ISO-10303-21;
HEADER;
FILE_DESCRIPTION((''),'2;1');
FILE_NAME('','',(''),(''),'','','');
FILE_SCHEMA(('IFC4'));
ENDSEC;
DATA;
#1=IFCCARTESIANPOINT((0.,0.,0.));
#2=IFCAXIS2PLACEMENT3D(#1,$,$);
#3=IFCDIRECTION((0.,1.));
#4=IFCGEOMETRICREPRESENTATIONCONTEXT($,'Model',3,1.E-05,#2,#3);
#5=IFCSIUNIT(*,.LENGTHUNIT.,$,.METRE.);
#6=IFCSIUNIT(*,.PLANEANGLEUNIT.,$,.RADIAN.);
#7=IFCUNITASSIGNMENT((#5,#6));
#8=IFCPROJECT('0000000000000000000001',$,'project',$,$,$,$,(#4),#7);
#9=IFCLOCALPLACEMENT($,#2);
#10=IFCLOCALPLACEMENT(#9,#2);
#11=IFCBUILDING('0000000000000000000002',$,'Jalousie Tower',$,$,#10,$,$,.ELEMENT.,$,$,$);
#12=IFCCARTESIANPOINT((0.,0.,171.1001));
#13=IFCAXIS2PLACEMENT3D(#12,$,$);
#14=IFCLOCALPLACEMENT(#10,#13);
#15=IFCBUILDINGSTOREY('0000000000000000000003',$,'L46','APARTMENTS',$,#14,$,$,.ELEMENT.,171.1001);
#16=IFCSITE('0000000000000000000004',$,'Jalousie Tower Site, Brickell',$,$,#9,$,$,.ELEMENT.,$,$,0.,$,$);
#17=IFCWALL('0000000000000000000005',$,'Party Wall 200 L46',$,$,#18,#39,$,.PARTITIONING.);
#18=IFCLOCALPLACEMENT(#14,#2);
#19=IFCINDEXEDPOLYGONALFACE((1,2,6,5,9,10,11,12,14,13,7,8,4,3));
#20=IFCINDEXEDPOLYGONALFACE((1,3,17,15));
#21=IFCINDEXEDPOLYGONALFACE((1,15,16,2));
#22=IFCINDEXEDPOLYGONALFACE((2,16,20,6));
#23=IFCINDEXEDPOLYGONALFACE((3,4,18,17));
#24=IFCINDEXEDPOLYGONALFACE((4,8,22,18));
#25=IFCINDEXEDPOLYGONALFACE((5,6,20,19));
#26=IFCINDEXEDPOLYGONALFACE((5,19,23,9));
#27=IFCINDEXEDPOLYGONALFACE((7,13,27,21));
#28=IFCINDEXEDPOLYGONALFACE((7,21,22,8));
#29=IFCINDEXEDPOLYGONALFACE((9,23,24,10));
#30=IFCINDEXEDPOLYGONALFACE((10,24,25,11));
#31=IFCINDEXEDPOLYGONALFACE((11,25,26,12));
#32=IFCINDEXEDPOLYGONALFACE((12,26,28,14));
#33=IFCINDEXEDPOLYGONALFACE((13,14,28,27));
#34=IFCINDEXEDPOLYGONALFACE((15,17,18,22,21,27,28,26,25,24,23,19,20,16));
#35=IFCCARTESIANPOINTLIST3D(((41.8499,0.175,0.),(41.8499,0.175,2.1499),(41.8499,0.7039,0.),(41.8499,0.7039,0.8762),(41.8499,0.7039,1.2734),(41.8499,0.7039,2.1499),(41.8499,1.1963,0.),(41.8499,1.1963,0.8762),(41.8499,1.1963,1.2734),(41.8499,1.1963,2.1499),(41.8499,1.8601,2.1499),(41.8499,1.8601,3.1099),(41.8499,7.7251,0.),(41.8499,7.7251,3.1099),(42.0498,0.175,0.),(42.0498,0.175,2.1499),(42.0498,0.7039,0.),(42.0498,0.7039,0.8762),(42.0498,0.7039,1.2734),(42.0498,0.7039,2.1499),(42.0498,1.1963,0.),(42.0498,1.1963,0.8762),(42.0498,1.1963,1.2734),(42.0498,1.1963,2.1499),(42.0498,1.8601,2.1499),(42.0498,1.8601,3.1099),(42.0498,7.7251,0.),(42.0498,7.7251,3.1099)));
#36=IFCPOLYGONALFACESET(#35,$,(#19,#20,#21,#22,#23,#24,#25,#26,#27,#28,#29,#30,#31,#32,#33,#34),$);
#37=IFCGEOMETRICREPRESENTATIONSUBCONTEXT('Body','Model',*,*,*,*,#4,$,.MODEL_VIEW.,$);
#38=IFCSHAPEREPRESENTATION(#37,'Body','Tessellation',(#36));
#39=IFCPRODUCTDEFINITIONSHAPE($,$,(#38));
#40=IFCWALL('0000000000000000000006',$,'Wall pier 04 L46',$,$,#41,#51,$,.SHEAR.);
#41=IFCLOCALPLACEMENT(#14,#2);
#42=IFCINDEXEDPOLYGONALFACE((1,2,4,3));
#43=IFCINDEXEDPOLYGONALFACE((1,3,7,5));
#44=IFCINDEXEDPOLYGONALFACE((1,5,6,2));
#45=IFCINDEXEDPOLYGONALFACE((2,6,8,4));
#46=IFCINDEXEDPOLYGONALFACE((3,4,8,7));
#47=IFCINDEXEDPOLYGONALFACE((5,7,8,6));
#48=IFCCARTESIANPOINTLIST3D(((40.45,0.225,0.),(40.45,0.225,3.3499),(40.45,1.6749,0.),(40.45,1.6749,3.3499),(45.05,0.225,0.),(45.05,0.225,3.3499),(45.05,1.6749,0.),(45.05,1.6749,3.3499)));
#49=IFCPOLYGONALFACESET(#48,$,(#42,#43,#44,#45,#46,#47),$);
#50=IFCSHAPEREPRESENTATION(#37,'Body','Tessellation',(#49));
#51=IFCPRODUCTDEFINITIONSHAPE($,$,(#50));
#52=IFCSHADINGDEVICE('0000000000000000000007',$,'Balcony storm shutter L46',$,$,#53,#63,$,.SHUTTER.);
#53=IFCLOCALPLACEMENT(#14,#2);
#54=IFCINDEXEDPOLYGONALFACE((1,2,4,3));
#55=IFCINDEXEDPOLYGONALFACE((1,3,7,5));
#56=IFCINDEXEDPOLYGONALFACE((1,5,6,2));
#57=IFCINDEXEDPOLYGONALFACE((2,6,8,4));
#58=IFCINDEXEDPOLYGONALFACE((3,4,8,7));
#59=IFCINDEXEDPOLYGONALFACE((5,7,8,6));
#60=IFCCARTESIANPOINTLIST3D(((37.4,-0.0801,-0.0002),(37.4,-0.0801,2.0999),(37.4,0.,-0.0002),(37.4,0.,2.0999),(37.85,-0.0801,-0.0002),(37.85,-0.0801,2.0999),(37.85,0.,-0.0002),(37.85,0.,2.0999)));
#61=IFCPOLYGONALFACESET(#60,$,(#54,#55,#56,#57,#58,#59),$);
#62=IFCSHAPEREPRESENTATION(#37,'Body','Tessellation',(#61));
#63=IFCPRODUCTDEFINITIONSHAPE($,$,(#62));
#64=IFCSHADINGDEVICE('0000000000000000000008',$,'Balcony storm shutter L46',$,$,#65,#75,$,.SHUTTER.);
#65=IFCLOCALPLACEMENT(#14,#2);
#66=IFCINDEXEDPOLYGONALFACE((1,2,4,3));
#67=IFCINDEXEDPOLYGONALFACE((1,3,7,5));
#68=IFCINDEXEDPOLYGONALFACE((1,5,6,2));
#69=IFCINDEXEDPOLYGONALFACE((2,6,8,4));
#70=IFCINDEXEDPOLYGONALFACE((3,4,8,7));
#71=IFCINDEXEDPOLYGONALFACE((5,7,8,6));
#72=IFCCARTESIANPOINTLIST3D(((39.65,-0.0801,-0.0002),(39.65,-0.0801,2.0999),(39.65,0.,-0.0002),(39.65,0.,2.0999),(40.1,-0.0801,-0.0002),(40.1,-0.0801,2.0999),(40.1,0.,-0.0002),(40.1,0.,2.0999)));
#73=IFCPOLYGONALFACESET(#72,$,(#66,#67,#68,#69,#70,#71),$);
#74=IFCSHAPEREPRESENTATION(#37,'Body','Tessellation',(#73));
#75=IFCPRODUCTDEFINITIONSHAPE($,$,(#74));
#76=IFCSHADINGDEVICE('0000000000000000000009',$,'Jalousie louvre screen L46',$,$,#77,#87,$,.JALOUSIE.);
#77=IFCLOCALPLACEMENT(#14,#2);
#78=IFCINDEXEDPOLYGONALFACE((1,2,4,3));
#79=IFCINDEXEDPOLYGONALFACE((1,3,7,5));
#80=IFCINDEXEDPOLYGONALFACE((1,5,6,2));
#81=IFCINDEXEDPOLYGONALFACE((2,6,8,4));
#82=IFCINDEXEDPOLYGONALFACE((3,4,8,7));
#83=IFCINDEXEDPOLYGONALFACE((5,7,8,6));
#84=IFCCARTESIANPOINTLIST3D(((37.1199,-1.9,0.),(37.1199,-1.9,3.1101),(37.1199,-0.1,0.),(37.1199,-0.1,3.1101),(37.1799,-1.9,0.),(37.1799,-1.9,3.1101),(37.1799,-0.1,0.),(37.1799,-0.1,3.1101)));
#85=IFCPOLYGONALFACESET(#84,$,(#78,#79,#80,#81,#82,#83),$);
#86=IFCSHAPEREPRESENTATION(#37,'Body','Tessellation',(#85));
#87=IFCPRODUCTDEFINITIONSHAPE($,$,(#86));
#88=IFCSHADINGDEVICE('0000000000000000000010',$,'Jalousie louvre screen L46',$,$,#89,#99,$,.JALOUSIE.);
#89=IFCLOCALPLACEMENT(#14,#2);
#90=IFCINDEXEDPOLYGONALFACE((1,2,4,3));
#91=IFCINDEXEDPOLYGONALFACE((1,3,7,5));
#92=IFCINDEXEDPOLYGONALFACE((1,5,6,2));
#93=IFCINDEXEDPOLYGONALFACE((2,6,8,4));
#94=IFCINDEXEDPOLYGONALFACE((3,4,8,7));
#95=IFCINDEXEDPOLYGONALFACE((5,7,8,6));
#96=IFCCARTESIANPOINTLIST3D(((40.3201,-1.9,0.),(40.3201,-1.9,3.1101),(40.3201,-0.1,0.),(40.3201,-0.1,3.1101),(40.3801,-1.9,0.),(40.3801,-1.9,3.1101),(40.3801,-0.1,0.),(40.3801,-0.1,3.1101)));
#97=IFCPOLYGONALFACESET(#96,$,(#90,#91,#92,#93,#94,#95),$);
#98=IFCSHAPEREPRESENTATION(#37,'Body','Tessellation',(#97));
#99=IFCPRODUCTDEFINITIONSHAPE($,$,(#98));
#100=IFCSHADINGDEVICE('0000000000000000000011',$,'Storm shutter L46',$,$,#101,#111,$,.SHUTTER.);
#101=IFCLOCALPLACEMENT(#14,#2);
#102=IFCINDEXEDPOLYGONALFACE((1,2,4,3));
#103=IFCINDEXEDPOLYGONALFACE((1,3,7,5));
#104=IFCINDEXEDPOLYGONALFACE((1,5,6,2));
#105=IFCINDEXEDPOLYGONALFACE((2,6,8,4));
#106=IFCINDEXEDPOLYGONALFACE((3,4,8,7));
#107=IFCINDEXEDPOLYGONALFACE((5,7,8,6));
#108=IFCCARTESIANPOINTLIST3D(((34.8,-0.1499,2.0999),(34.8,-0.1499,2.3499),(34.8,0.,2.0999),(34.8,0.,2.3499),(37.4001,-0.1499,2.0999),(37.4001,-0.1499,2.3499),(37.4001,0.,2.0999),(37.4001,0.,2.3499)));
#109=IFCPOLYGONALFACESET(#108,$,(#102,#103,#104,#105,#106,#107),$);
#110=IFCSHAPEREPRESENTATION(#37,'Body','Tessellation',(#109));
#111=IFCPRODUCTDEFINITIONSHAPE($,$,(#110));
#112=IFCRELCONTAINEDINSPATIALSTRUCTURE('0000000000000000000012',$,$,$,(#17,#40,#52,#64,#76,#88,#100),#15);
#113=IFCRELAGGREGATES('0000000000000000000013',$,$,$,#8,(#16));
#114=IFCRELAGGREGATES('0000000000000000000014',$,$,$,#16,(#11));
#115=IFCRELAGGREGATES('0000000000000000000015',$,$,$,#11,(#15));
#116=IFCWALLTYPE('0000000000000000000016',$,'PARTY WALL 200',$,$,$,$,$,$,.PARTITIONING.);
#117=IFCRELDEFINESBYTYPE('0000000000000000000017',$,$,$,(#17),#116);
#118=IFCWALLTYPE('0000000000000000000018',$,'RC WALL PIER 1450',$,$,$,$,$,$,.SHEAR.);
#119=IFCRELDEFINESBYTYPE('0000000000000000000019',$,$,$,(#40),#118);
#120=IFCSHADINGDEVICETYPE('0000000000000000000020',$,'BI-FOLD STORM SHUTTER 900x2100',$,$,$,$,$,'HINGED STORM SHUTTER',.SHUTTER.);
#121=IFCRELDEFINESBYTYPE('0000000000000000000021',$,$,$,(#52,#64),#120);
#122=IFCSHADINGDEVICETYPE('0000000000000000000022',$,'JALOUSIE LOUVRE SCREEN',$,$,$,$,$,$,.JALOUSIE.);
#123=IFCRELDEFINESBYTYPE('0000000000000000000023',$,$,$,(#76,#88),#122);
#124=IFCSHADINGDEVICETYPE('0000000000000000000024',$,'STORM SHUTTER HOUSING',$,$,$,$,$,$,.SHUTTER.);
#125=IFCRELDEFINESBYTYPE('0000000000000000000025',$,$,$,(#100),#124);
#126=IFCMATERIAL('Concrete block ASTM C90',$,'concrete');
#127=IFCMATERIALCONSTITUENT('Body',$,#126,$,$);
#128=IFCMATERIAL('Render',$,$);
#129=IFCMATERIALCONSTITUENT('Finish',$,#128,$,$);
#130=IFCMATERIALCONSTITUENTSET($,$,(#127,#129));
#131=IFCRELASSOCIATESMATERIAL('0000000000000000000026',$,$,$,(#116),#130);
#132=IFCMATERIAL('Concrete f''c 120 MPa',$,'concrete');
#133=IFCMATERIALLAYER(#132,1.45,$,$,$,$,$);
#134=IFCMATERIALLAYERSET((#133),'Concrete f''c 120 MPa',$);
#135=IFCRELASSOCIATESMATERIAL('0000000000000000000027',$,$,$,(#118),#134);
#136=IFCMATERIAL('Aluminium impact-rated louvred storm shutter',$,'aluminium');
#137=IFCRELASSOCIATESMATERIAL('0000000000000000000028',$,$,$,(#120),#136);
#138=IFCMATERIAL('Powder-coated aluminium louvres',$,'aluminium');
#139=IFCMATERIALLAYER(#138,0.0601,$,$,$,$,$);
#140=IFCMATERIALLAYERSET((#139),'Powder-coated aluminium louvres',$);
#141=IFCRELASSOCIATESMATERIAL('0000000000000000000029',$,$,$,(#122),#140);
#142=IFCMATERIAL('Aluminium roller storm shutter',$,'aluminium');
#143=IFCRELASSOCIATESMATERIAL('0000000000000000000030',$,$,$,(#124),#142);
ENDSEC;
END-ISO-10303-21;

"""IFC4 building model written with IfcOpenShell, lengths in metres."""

from ifc_helpers import new_model, si_unit, direction, frame, frame_2d, origin, origin_2d, place, context, subcontext, project, spatial, polyline, rectangle, outline, extrude, material, layer, layer_set, constituent, constituent_set, type_object, element, save


model = new_model("IFC4")

# Units and contexts
model_context = context("Model", 3, precision=1e-05, world=origin(), true_north=direction((0.0, 1.0)))
body_context = subcontext(model_context, "Body", "Model", "MODEL_VIEW")
ifc_project = project(units=[si_unit("LENGTHUNIT", "METRE"), si_unit("PLANEANGLEUNIT", "RADIAN")], contexts=[model_context])

# Site, building, storey
site_placement = place(None, origin())
site = spatial("IfcSite", under=ifc_project, at=site_placement, Name="Jalousie Tower Site, Brickell", CompositionType="ELEMENT", RefElevation=0.0)
building_placement = place(site_placement, origin())
building = spatial("IfcBuilding", under=site, at=building_placement, Name="Jalousie Tower", CompositionType="ELEMENT")
storey_placement = place(building_placement, frame((0.0, 0.0, 171.1001)))
storey = spatial("IfcBuildingStorey", under=building, at=storey_placement, Name="L46", Description="APARTMENTS", CompositionType="ELEMENT", Elevation=171.1001)

# Walls
ifc_material_1 = material(Name="Concrete block ASTM C90", Category="concrete")
ifc_constituent_1 = constituent(ifc_material_1, Name="Body")
ifc_material_2 = material(Name="Render")
ifc_constituent_2 = constituent(ifc_material_2, Name="Finish")
ifc_constituent_set_1 = constituent_set(constituents=[ifc_constituent_1, ifc_constituent_2])
wall_type_1 = type_object("IfcWallType", Name="PARTY WALL 200", PredefinedType="PARTITIONING", material=ifc_constituent_set_1)
wall_1_placement = place(storey_placement, frame((41.95, 0.175, 0.0), z_axis=(0.0, 0.0, 1.0), x_axis=(0.0, 1.0, 0.0)))
element("IfcWall", 1, at=wall_1_placement, inside=storey, type_object=wall_type_1, Name="Party Wall 200 L46", PredefinedType="PARTITIONING", context=body_context, shape_type="SweptSolid", body=[
    extrude(outline(polyline([(0.5288, 2.1499), (0.0, 2.1499), (0.0, 0.0), (0.5288, 0.0), (0.5288, 0.8762), (1.0212, 0.8762), (1.0212, 0.0), (7.55, 0.0), (7.55, 3.1099), (1.6851, 3.1099), (1.6851, 2.1499), (1.0212, 2.1499), (1.0212, 1.2734), (0.5288, 1.2734), (0.5288, 2.1499)])), frame((0.0, 0.1001, 0.0), z_axis=(0.0, -1.0, 0.0), x_axis=(1.0, 0.0, 0.0)), (0.0, 0.0, 1.0), 0.2),
])
ifc_material_3 = material(Name="Concrete f'c 120 MPa", Category="concrete")
ifc_layer_1 = layer(ifc_material_3, 1.45)
ifc_layer_set_1 = layer_set([ifc_layer_1], Name="Concrete f'c 120 MPa")
wall_type_2 = type_object("IfcWallType", Name="RC WALL PIER 1450", PredefinedType="SHEAR", material=ifc_layer_set_1)
wall_2_placement = place(storey_placement, frame((40.45, 0.95, 0.0), z_axis=(0.0, 0.0, 1.0), x_axis=(1.0, 0.0, 0.0)))
element("IfcWall", 2, at=wall_2_placement, inside=storey, type_object=wall_type_2, Name="Wall pier 04 L46", PredefinedType="SHEAR", context=body_context, shape_type="SweptSolid", body=[
    extrude(rectangle(XDim=4.6001, YDim=1.45, at=frame_2d((2.3, 0.0))), origin(), (0.0, 0.0, 1.0), 3.3499),
])

# Shading devices
ifc_material_4 = material(Name="Aluminium impact-rated louvred storm shutter", Category="aluminium")
shading_device_type_1 = type_object("IfcShadingDeviceType", Name="BI-FOLD STORM SHUTTER 900x2100", ElementType="HINGED STORM SHUTTER", PredefinedType="SHUTTER", material=ifc_material_4)
for number, where, z_axis, x_axis, name in (
    (3, (37.625, -0.04, -0.0002), (0.0, 0.0, 1.0), (1.0, 0.0, 0.0), "Balcony storm shutter L46"),
    (4, (39.875, -0.04, -0.0002), (0.0, 0.0, 1.0), (1.0, 0.0, 0.0), "Balcony storm shutter L46"),
):
    element("IfcShadingDevice", number, at=place(storey_placement, frame(where, z_axis=z_axis, x_axis=x_axis)), inside=storey, type_object=shading_device_type_1, Name=name, PredefinedType="SHUTTER", context=body_context, shape_type="SweptSolid", body=[
        extrude(rectangle(XDim=0.45, YDim=0.0801, at=origin_2d()), origin(), (0.0, 0.0, 1.0), 2.1001),
    ])

# Shading devices
ifc_material_5 = material(Name="Powder-coated aluminium louvres", Category="aluminium")
ifc_layer_2 = layer(ifc_material_5, 0.0601)
ifc_layer_set_2 = layer_set([ifc_layer_2], Name="Powder-coated aluminium louvres")
shading_device_type_2 = type_object("IfcShadingDeviceType", Name="JALOUSIE LOUVRE SCREEN", PredefinedType="JALOUSIE", material=ifc_layer_set_2)
for number, where, z_axis, x_axis, name in (
    (5, (37.1499, -1.0, 0.0), (0.0, 0.0, 1.0), (1.0, 0.0, 0.0), "Jalousie louvre screen L46"),
    (6, (40.3501, -1.0, 0.0), (0.0, 0.0, 1.0), (1.0, 0.0, 0.0), "Jalousie louvre screen L46"),
):
    element("IfcShadingDevice", number, at=place(storey_placement, frame(where, z_axis=z_axis, x_axis=x_axis)), inside=storey, type_object=shading_device_type_2, Name=name, PredefinedType="JALOUSIE", context=body_context, shape_type="SweptSolid", body=[
        extrude(rectangle(XDim=0.0601, YDim=1.8, at=origin_2d()), origin(), (0.0, 0.0, 1.0), 3.1101),
    ])
ifc_material_6 = material(Name="Aluminium roller storm shutter", Category="aluminium")
shading_device_type_3 = type_object("IfcShadingDeviceType", Name="STORM SHUTTER HOUSING", PredefinedType="SHUTTER", material=ifc_material_6)
shading_device_placement = place(storey_placement, frame((36.1001, -0.075, 2.0999), z_axis=(0.0, 0.0, 1.0), x_axis=(1.0, 0.0, 0.0)))
element("IfcShadingDevice", 7, at=shading_device_placement, inside=storey, type_object=shading_device_type_3, Name="Storm shutter L46", PredefinedType="SHUTTER", context=body_context, shape_type="SweptSolid", body=[
    extrude(rectangle(XDim=2.6001, YDim=0.1499, at=origin_2d()), origin(), (0.0, 0.0, 1.0), 0.25),
])

save(model, "model.ifc")
